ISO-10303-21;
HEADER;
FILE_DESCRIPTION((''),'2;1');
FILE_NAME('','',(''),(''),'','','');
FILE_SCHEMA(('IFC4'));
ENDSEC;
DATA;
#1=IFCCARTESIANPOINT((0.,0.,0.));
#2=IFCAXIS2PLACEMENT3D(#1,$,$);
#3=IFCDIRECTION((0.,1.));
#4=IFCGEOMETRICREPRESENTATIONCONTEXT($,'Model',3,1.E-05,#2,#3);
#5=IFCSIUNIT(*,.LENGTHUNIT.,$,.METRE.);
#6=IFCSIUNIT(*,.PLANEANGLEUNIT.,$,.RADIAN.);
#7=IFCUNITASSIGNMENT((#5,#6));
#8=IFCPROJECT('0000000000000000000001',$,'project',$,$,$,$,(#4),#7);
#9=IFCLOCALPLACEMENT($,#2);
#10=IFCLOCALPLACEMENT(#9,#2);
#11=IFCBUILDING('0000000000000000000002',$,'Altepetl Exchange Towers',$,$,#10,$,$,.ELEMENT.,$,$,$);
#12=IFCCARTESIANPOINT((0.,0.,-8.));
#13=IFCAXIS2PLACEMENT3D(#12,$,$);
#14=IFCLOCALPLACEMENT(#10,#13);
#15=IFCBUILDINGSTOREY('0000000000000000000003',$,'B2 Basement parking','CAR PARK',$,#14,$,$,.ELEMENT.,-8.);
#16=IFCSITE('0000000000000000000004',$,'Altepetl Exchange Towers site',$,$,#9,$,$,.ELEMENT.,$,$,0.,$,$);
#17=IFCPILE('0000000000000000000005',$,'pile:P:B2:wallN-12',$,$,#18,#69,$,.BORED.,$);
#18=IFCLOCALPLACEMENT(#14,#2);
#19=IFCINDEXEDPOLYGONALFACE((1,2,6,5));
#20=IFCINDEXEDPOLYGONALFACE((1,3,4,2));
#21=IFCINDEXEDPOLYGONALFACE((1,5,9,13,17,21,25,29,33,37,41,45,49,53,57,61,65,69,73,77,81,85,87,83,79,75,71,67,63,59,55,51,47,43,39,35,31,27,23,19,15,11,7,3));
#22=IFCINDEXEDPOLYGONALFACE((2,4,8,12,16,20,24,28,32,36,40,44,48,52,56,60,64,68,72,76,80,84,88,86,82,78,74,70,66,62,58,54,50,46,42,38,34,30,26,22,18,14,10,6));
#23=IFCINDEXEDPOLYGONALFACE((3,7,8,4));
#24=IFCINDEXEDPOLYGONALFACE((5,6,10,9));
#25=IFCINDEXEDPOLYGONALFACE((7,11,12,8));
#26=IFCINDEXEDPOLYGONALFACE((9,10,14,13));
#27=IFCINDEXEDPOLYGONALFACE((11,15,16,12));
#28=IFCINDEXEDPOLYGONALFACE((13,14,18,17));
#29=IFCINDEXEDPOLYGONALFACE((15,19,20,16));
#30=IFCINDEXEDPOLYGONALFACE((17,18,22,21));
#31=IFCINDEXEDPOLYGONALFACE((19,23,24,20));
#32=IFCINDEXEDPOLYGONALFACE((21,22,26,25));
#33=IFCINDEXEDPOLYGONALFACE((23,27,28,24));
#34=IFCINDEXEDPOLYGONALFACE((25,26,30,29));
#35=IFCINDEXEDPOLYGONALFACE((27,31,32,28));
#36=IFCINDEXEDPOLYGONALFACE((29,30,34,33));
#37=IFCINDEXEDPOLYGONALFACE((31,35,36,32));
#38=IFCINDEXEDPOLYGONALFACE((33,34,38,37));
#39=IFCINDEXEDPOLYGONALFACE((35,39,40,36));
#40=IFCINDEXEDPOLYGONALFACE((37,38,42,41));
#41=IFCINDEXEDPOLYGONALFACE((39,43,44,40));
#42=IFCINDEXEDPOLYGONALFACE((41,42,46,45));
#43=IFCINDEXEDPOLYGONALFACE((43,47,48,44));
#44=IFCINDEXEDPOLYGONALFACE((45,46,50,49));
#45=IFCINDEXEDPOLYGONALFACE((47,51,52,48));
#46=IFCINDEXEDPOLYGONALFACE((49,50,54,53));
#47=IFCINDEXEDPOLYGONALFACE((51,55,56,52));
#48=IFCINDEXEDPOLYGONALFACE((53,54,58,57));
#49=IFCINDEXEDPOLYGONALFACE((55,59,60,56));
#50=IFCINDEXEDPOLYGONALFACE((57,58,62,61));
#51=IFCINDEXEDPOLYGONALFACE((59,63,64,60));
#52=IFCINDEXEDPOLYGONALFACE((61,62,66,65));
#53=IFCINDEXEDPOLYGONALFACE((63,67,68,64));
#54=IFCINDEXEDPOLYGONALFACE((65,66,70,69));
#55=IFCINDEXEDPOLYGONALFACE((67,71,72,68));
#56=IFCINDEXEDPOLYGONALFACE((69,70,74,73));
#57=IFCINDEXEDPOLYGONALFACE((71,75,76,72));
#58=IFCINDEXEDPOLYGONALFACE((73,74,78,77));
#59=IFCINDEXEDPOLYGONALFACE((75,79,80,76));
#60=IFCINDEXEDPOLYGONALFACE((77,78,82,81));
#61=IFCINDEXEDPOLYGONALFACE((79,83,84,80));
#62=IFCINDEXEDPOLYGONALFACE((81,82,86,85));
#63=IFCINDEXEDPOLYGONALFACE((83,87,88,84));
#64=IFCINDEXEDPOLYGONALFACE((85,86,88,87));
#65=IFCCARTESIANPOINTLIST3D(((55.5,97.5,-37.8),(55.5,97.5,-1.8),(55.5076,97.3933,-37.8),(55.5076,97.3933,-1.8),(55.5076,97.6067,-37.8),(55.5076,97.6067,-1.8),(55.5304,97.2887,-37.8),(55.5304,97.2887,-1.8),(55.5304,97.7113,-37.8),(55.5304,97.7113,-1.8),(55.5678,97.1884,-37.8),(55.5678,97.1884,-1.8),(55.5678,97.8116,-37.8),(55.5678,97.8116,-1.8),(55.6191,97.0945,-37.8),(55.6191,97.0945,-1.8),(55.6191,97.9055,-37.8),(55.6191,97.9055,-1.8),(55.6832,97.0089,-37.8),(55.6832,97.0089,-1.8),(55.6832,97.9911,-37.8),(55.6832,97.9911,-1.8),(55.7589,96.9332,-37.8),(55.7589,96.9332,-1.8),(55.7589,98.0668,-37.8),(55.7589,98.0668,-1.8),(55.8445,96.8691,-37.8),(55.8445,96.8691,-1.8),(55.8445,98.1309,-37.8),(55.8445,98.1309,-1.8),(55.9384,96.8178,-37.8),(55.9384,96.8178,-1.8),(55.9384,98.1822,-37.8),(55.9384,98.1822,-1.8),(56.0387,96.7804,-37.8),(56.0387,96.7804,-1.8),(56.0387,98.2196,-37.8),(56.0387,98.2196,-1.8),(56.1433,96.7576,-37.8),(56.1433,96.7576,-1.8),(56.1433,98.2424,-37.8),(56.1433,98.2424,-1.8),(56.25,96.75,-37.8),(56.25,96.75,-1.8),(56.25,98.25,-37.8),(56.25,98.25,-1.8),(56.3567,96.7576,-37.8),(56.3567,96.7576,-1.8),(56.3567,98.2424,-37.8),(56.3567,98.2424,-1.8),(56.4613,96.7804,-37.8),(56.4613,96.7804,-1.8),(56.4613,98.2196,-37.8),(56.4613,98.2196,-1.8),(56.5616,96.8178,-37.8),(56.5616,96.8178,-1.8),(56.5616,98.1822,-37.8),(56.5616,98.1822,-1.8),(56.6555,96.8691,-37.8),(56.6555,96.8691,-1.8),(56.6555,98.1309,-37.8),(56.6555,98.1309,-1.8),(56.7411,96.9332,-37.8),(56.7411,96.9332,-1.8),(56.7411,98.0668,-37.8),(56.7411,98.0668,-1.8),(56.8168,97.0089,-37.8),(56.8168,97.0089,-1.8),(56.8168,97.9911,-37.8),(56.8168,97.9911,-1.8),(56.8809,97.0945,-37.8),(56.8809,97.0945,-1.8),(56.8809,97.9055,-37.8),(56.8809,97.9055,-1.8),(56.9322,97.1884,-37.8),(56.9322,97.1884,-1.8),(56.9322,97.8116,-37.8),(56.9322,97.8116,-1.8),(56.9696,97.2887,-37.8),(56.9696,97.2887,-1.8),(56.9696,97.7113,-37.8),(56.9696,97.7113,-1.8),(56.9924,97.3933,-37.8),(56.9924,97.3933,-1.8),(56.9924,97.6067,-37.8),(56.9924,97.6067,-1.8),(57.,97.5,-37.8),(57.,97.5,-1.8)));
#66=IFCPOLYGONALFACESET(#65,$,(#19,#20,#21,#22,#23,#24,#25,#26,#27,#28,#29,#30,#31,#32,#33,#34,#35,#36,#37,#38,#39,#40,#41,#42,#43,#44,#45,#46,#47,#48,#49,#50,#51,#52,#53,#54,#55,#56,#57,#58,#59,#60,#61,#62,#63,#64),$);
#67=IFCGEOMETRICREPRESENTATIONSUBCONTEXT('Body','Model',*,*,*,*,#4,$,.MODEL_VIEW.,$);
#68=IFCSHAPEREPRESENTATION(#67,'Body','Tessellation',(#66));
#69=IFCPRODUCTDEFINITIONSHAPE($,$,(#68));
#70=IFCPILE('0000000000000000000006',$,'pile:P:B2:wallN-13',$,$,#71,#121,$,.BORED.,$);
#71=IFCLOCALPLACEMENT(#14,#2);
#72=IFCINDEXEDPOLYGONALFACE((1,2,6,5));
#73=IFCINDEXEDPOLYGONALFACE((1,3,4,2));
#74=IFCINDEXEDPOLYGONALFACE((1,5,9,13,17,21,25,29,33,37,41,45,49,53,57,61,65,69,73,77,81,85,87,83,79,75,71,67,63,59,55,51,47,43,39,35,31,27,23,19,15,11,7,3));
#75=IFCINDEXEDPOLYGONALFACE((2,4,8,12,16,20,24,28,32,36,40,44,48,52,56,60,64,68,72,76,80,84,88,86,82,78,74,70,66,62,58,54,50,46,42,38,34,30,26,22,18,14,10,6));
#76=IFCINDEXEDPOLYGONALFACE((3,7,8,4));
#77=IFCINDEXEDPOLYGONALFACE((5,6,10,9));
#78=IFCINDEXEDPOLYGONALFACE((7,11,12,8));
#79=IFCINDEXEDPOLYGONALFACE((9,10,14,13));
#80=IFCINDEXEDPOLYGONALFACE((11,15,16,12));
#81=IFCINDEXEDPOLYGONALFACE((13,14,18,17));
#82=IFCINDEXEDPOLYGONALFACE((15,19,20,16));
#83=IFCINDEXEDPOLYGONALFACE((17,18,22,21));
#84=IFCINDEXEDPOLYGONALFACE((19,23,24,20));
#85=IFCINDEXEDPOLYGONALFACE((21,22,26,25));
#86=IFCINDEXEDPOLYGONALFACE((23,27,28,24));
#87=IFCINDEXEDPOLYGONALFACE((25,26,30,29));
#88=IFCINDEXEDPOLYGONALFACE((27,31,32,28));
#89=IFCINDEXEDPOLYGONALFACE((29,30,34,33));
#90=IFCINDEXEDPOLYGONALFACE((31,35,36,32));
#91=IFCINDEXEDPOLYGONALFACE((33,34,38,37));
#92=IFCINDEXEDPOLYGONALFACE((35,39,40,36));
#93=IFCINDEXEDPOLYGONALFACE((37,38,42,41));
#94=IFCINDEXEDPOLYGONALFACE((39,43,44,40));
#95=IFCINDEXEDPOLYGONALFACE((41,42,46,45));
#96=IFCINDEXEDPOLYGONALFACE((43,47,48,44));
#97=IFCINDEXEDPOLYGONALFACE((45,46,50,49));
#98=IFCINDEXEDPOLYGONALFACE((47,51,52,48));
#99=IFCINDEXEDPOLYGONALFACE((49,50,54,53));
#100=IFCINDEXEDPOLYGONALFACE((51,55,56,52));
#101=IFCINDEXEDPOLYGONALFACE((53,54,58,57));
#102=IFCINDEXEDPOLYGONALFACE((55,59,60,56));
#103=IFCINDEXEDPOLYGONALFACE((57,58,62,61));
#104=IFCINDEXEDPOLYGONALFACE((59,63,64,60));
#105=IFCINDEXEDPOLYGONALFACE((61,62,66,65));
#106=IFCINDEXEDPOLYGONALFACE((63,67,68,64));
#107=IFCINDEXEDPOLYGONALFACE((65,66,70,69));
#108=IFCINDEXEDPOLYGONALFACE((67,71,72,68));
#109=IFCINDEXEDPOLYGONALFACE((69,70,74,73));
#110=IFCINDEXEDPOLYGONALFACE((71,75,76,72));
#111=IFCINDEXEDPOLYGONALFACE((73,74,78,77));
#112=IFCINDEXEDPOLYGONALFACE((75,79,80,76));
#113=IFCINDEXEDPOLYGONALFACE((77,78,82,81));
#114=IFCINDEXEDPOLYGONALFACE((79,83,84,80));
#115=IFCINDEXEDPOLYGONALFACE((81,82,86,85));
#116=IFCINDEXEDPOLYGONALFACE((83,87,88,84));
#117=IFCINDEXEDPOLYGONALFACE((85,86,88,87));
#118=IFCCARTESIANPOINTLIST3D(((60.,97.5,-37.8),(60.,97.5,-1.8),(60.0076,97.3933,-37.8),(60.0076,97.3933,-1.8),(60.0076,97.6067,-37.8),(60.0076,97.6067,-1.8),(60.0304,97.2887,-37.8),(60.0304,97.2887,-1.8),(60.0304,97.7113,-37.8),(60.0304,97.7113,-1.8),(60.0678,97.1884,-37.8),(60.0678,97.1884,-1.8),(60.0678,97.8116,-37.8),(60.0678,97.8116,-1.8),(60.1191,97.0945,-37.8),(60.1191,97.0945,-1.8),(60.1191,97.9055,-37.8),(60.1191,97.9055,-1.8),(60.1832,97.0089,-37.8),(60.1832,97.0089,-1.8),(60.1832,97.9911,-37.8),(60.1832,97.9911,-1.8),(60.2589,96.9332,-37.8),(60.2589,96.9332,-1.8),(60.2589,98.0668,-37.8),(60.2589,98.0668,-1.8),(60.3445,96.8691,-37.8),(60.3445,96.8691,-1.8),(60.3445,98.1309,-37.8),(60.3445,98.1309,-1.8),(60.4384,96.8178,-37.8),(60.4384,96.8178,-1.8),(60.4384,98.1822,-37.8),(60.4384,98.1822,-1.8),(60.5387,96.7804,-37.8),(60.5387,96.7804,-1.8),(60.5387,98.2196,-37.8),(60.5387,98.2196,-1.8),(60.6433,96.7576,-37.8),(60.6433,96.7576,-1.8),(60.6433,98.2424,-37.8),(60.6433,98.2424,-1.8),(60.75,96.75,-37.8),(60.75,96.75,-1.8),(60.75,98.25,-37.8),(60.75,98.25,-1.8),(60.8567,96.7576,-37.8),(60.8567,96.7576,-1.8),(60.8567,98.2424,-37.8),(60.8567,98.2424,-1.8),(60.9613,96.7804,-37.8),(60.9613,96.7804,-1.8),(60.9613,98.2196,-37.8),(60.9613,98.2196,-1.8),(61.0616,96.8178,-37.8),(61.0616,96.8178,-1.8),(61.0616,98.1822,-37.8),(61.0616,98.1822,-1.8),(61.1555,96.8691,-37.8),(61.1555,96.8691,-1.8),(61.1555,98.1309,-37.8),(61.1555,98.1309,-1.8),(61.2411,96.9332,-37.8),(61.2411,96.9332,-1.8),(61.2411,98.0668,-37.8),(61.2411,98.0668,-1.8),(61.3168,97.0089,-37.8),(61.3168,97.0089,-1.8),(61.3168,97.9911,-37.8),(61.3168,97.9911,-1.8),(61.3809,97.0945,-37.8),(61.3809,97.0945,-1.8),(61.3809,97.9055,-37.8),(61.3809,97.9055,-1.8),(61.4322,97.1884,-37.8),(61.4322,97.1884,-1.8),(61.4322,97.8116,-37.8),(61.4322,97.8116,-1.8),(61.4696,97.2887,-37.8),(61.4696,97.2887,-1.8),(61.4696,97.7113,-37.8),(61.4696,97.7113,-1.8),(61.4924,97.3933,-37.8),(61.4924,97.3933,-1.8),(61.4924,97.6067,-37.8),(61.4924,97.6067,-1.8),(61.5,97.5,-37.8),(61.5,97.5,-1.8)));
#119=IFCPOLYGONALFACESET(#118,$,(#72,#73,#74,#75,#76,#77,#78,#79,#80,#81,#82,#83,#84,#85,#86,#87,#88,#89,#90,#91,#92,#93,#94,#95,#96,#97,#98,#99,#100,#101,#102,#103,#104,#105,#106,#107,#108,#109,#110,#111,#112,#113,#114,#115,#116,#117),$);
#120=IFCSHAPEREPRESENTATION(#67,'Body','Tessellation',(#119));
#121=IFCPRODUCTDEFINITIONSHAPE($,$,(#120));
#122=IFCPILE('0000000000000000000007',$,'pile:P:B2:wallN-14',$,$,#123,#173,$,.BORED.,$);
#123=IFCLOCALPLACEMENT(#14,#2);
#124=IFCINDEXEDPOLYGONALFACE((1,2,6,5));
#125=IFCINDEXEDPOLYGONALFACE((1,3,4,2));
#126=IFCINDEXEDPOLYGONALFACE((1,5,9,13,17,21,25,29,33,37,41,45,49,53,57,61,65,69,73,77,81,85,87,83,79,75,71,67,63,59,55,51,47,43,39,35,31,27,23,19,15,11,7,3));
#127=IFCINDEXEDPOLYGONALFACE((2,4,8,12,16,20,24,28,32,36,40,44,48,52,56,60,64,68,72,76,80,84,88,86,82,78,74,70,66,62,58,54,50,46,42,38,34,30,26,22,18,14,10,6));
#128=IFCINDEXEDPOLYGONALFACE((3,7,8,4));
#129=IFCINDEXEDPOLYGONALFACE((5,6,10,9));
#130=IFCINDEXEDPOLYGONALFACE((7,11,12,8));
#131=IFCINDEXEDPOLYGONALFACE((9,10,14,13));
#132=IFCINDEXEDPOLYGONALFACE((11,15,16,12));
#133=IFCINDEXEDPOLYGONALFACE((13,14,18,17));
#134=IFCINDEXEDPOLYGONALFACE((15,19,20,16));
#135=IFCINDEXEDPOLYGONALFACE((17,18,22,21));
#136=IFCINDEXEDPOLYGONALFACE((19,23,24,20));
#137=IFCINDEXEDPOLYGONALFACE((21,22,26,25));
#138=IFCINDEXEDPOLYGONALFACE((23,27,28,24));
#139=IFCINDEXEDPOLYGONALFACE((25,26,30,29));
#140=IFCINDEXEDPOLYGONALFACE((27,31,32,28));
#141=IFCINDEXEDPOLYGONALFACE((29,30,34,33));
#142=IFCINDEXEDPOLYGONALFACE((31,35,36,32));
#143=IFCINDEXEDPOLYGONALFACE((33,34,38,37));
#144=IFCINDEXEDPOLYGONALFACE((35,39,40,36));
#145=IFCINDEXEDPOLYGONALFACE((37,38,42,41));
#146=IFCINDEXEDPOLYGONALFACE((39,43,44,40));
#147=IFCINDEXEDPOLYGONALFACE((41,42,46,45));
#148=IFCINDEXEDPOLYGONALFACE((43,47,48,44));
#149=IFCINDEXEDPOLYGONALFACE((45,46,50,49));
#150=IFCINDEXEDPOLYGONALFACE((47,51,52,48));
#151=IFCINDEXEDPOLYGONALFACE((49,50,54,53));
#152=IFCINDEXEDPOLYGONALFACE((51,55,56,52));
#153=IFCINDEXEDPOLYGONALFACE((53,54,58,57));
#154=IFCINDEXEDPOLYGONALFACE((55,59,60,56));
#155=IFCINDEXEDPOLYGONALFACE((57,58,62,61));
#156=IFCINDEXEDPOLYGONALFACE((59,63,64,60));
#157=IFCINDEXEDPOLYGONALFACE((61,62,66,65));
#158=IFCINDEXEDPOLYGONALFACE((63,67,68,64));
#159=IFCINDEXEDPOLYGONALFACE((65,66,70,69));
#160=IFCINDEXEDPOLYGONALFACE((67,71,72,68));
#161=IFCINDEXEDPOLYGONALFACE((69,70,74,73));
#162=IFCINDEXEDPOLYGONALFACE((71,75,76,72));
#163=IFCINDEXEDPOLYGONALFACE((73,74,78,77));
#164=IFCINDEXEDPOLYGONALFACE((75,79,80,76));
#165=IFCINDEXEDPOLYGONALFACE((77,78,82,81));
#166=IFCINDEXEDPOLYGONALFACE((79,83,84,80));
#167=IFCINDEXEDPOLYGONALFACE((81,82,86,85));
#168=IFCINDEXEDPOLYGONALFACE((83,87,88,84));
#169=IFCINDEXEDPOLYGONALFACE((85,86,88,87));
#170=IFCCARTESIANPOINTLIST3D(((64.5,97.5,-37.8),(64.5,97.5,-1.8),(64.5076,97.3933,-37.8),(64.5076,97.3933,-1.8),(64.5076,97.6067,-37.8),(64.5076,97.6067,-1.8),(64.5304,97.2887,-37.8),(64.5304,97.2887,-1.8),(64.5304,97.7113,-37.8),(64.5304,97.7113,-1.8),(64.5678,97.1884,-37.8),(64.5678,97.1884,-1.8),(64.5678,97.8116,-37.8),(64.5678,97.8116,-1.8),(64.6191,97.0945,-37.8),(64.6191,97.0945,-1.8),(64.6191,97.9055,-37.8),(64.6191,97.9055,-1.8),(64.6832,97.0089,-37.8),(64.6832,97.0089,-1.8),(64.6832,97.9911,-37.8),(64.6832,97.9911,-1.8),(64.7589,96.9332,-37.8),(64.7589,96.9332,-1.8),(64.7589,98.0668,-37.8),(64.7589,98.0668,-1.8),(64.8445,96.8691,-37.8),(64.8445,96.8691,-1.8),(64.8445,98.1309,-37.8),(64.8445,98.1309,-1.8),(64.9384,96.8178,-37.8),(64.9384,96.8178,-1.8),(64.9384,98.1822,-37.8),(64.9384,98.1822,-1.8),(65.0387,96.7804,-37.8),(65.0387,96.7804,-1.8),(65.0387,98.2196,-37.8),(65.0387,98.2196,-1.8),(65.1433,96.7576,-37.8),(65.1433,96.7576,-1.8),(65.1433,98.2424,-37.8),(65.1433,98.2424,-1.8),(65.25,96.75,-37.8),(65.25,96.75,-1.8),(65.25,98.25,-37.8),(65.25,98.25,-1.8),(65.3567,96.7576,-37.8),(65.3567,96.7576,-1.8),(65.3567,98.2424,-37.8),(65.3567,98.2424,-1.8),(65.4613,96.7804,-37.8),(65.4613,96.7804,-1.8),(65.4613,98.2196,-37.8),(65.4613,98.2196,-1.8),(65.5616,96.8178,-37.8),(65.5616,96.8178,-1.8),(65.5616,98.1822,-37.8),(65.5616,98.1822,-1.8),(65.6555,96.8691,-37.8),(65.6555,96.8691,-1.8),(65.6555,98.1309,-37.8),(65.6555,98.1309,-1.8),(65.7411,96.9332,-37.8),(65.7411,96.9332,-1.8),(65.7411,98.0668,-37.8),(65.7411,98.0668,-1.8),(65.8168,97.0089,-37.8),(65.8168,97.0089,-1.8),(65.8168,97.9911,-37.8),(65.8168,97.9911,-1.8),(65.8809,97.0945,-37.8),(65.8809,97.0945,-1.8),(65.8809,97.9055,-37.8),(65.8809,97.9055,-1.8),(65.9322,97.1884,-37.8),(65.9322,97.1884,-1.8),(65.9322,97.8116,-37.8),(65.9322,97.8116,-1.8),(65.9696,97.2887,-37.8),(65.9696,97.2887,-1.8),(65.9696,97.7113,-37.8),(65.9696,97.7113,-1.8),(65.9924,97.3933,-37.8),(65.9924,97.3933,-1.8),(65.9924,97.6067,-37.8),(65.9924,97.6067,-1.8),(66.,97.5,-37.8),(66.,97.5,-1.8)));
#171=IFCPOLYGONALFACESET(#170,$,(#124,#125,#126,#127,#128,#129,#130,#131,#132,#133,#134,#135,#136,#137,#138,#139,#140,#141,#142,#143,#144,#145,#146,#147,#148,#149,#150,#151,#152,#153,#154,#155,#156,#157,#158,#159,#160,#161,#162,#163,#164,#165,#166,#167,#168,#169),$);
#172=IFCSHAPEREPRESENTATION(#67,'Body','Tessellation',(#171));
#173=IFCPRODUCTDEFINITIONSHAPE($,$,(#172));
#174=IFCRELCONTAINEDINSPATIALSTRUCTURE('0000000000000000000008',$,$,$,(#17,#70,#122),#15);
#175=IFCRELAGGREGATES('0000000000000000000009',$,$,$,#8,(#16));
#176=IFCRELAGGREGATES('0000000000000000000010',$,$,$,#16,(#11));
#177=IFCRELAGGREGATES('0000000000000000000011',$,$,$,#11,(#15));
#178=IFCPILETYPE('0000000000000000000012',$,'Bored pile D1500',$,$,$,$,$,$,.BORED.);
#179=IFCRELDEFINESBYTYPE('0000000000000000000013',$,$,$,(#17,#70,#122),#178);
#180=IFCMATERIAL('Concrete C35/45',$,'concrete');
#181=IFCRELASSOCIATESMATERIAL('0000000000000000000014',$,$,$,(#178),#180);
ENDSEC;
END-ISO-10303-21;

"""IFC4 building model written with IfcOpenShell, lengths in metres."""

from ifc_helpers import new_model, si_unit, direction, frame, origin, origin_2d, place, context, subcontext, project, spatial, circle, extrude, material, material_profile, profile_set, type_object, element, save


model = new_model("IFC4")

# Units and contexts
model_context = context("Model", 3, precision=1e-05, world=origin(), true_north=direction((0.0, 1.0)))
body_context = subcontext(model_context, "Body", "Model", "MODEL_VIEW")
ifc_project = project(units=[si_unit("LENGTHUNIT", "METRE"), si_unit("PLANEANGLEUNIT", "RADIAN")], contexts=[model_context])

# Site, building, storey
site_placement = place(None, origin())
site = spatial("IfcSite", under=ifc_project, at=site_placement, Name="Altepetl Exchange Towers site", CompositionType="ELEMENT", RefElevation=0.0)
building_placement = place(site_placement, origin())
building = spatial("IfcBuilding", under=site, at=building_placement, Name="Altepetl Exchange Towers", CompositionType="ELEMENT")
storey_placement = place(building_placement, frame((0.0, 0.0, -8.0)))
storey = spatial("IfcBuildingStorey", under=building, at=storey_placement, Name="B2 Basement parking", Description="CAR PARK", CompositionType="ELEMENT", Elevation=-8.0)

# Piles
ifc_material_1 = material(Name="Concrete C35/45", Category="concrete")
ifc_material_profile_1 = material_profile(ifc_material_1, circle(Radius=0.75, at=origin_2d()), Name="D1500")
ifc_profile_set_1 = profile_set([ifc_material_profile_1], Name="Concrete C35/45")
pile_type_1 = type_object("IfcPileType", Name="Bored pile D1500", PredefinedType="BORED", material=ifc_profile_set_1)
for number, where, z_axis, x_axis, name in (
    (1, (56.25, 97.5, -1.8), (0.0, 0.0, -1.0), (1.0, 0.0, 0.0), "pile:P:B2:wallN-12"),
    (2, (60.75, 97.5, -1.8), (0.0, 0.0, -1.0), (1.0, 0.0, 0.0), "pile:P:B2:wallN-13"),
    (3, (65.25, 97.5, -1.8), (0.0, 0.0, -1.0), (1.0, 0.0, 0.0), "pile:P:B2:wallN-14"),
):
    element("IfcPile", number, at=place(storey_placement, frame(where, z_axis=z_axis, x_axis=x_axis)), inside=storey, type_object=pile_type_1, Name=name, PredefinedType="BORED", context=body_context, shape_type="SweptSolid", body=[
        extrude(circle(Radius=0.75, at=origin_2d()), origin(), (0.0, 0.0, 1.0), 36.0),
    ])

save(model, "model.ifc")
